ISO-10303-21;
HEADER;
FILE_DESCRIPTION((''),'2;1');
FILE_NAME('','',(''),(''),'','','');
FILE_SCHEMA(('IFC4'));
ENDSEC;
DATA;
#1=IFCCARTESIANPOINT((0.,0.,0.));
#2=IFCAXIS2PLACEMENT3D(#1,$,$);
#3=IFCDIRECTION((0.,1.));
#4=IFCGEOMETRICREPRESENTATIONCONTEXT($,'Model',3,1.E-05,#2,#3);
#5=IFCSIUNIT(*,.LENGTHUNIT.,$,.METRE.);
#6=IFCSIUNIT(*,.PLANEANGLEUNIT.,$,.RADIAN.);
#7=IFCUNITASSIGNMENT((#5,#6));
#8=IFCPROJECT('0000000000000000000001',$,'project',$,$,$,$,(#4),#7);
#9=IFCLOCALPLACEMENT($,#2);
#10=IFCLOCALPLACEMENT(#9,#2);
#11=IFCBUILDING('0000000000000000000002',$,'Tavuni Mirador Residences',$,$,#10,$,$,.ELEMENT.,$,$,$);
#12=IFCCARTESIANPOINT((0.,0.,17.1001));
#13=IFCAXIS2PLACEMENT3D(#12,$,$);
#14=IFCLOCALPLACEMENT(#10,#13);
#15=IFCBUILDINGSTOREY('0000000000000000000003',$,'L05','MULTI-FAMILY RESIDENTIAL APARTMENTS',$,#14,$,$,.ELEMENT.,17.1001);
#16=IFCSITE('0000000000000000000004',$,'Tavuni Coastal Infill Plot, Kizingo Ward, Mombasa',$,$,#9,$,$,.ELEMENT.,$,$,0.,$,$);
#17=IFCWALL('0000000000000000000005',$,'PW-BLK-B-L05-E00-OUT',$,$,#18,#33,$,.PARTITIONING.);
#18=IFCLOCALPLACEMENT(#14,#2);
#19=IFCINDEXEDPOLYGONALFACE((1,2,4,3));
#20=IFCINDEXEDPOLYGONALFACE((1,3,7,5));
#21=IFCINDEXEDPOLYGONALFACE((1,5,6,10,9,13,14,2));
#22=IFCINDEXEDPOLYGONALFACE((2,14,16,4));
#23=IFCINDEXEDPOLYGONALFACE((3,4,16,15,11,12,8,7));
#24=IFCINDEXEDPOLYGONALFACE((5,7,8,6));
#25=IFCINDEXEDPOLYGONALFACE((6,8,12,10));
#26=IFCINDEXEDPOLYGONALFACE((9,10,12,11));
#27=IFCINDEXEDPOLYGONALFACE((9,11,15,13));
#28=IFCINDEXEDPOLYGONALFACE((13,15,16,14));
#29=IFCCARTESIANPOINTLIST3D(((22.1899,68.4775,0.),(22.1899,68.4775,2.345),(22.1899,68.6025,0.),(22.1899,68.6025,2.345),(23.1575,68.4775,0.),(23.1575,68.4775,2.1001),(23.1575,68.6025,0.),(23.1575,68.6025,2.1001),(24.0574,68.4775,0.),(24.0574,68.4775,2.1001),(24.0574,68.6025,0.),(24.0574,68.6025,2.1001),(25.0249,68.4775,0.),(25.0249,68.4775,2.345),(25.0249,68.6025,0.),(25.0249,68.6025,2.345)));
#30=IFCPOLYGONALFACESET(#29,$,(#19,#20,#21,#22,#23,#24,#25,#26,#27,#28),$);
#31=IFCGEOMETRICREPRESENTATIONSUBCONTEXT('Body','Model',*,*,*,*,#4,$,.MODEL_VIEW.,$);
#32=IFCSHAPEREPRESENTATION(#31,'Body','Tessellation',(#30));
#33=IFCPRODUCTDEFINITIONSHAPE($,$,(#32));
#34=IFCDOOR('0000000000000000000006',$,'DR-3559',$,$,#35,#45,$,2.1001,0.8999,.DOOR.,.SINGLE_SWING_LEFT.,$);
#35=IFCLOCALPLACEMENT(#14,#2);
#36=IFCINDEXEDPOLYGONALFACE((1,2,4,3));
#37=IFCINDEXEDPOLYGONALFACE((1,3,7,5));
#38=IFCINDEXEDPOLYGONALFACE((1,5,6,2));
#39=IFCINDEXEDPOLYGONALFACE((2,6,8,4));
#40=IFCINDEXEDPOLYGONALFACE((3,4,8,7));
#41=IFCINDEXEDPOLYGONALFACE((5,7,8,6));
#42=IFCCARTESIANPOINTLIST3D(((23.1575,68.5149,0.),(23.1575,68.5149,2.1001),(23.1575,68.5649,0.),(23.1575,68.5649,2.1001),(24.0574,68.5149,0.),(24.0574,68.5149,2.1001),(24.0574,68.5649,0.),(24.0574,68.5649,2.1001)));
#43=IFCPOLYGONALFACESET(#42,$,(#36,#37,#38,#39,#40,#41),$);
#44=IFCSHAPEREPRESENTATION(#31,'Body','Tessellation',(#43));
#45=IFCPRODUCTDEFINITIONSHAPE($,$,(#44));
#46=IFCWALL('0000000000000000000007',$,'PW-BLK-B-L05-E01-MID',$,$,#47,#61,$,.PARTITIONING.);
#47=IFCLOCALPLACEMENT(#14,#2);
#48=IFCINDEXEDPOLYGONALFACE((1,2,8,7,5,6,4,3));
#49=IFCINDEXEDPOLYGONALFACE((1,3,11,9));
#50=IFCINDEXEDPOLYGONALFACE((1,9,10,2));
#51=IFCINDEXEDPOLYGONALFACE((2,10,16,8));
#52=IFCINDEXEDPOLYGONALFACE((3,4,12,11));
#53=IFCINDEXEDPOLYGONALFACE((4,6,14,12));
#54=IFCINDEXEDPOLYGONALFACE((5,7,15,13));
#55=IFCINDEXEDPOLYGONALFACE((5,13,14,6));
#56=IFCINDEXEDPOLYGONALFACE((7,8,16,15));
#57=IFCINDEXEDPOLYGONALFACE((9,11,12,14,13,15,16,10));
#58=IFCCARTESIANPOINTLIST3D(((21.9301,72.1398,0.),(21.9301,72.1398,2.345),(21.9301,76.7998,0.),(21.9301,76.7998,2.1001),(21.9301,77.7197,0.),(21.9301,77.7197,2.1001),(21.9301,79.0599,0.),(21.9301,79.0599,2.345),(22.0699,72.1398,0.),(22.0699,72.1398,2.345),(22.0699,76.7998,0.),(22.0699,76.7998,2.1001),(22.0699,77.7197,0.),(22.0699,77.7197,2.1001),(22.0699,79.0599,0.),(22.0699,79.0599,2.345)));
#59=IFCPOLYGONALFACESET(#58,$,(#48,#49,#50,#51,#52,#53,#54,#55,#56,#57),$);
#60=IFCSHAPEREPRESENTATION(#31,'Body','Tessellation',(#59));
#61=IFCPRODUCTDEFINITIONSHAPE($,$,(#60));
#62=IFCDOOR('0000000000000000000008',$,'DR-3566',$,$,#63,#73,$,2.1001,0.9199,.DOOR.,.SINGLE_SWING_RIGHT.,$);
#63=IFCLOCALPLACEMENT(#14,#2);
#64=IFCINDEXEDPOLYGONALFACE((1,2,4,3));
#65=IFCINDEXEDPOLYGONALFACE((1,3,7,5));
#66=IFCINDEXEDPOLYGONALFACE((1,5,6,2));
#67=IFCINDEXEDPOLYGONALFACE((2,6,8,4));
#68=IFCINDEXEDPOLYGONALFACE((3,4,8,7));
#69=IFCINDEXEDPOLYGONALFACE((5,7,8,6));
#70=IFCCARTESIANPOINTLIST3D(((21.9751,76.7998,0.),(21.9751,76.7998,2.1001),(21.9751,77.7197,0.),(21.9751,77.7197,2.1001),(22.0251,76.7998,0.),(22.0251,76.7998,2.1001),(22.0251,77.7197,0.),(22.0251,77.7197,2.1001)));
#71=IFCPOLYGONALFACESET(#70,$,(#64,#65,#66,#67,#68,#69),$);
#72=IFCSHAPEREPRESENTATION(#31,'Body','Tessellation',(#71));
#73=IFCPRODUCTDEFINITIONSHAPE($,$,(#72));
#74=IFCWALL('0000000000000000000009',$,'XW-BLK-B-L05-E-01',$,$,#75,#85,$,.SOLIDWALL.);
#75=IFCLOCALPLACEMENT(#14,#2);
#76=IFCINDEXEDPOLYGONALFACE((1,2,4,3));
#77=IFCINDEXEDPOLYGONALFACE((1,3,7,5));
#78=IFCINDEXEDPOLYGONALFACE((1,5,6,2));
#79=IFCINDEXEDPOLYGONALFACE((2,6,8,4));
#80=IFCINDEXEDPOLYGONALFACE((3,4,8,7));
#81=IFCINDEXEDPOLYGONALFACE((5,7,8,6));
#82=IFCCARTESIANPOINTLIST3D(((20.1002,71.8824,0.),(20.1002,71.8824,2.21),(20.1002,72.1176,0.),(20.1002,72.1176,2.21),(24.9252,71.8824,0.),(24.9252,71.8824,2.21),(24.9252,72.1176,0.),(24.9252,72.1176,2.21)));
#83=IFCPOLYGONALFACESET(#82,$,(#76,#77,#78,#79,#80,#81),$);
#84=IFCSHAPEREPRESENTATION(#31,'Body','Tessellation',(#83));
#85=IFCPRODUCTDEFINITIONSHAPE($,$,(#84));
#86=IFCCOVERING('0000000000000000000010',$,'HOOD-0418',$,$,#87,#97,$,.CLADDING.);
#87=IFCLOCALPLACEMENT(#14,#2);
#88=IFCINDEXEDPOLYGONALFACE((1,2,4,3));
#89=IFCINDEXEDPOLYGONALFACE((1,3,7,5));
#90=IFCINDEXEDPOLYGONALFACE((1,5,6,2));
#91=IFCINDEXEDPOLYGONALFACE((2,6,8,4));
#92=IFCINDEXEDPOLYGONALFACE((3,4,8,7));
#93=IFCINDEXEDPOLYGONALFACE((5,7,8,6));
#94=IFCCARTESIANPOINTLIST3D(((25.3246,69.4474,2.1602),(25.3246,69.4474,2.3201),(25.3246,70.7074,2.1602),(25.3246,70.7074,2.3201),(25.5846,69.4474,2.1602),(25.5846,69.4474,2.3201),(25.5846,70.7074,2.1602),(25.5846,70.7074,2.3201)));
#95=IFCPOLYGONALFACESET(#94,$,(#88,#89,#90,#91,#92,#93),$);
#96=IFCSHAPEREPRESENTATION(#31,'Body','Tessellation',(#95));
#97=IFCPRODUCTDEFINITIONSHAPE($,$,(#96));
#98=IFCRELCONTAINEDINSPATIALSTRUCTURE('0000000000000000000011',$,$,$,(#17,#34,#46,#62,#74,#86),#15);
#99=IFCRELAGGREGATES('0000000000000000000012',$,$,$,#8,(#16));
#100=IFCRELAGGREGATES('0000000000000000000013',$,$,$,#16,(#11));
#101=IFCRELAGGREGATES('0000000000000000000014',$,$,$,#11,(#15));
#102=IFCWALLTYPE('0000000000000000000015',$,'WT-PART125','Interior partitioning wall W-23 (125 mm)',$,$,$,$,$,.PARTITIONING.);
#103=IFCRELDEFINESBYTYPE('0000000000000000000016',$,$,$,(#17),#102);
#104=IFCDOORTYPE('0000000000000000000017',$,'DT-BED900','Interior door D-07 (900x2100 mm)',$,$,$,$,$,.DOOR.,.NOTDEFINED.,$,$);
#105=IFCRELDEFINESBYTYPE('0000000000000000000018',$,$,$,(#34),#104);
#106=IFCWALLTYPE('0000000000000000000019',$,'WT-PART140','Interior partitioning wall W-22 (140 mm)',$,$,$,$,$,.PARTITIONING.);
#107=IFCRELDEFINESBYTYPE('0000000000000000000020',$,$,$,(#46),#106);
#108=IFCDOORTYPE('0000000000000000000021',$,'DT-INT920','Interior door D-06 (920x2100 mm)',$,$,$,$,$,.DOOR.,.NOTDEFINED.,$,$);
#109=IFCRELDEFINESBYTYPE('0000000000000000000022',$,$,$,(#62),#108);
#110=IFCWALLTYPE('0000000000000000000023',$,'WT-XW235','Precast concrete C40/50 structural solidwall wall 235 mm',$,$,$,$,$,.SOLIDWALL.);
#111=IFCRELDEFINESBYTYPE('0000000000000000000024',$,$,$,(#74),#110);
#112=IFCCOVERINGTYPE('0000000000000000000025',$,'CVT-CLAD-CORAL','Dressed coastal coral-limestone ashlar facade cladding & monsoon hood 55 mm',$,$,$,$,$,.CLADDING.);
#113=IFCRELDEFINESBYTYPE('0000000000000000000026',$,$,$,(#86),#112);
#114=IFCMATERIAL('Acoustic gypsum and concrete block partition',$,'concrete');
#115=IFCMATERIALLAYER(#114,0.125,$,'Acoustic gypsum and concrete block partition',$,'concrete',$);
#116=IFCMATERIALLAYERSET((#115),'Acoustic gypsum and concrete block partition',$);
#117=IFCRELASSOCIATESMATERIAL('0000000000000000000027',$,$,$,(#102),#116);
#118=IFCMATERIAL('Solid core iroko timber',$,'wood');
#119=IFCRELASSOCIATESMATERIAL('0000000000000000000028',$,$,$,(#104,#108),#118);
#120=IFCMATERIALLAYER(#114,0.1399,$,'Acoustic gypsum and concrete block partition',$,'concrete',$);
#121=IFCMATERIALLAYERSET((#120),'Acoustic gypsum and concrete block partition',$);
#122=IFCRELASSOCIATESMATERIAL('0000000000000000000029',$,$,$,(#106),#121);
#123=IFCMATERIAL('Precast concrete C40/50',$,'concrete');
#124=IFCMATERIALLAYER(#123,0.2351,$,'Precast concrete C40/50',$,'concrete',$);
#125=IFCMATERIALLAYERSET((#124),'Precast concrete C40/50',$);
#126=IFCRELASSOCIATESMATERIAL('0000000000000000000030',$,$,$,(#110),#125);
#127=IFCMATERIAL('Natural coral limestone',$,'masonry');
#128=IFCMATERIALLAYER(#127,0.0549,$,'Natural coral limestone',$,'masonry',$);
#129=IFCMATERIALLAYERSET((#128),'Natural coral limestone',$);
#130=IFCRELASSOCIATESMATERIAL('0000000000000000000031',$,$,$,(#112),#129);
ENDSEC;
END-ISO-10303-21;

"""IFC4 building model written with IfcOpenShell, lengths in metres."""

from ifc_helpers import new_model, si_unit, direction, frame, frame_2d, origin, origin_2d, place, context, subcontext, project, spatial, rectangle, extrude, material, layer, layer_set, type_object, element, fill, save


model = new_model("IFC4")

# Units and contexts
model_context = context("Model", 3, precision=1e-05, world=origin(), true_north=direction((0.0, 1.0)))
body_context = subcontext(model_context, "Body", "Model", "MODEL_VIEW")
ifc_project = project(units=[si_unit("LENGTHUNIT", "METRE"), si_unit("PLANEANGLEUNIT", "RADIAN")], contexts=[model_context])

# Site, building, storey
site_placement = place(None, origin())
site = spatial("IfcSite", under=ifc_project, at=site_placement, Name="Tavuni Coastal Infill Plot, Kizingo Ward, Mombasa", CompositionType="ELEMENT", RefElevation=0.0)
building_placement = place(site_placement, origin())
building = spatial("IfcBuilding", under=site, at=building_placement, Name="Tavuni Mirador Residences", CompositionType="ELEMENT")
storey_placement = place(building_placement, frame((0.0, 0.0, 17.1001)))
storey = spatial("IfcBuildingStorey", under=building, at=storey_placement, Name="L05", Description="MULTI-FAMILY RESIDENTIAL APARTMENTS", CompositionType="ELEMENT", Elevation=17.1001)

# Shared definitions
ifc_material_1 = material(Name="Precast concrete C40/50", Category="concrete")

# Shared definitions
ifc_material_2 = material(Name="Solid core iroko timber", Category="wood")

# Walls, openings, doors
ifc_material_3 = material(Name="Acoustic gypsum and concrete block partition", Category="concrete")
ifc_layer_1 = layer(ifc_material_3, 0.125, Name="Acoustic gypsum and concrete block partition", Category="concrete")
ifc_layer_set_1 = layer_set([ifc_layer_1], Name="Acoustic gypsum and concrete block partition")
wall_type_1 = type_object("IfcWallType", Name="WT-PART125", Description="Interior partitioning wall W-23 (125 mm)", PredefinedType="PARTITIONING", material=ifc_layer_set_1)
wall_1_placement = place(storey_placement, frame((22.1899, 68.54, 0.0), z_axis=(0.0, 0.0, 1.0), x_axis=(1.0, 0.0, 0.0)))
wall_1 = element("IfcWall", 1, at=wall_1_placement, inside=storey, type_object=wall_type_1, Name="PW-BLK-B-L05-E00-OUT", PredefinedType="PARTITIONING", context=body_context, shape_type="SweptSolid", body=[
    extrude(rectangle(XDim=2.835, YDim=0.125, at=frame_2d((1.4175, 0.0))), origin(), (0.0, 0.0, 1.0), 2.345),
])
opening_1_placement = place(wall_1_placement, frame((0.9675, 0.0, 0.0)))
opening_1 = element("IfcOpeningElement", 2, at=opening_1_placement, cuts=wall_1, PredefinedType="OPENING", context=body_context, shape_type="SweptSolid", body=[
    extrude(rectangle(XDim=0.8999, YDim=2.1001, at=frame_2d((0.45, 1.05))), frame((0.0, 0.0725, 0.0), z_axis=(0.0, -1.0, 0.0), x_axis=(1.0, 0.0, 0.0)), (0.0, 0.0, 1.0), 0.145),
])
door_type_1 = type_object("IfcDoorType", Name="DT-BED900", Description="Interior door D-07 (900x2100 mm)", OperationType="NOTDEFINED", PredefinedType="DOOR", material=ifc_material_2)
door_1_placement = place(opening_1_placement, origin())
door_1 = element("IfcDoor", 3, at=door_1_placement, inside=storey, type_object=door_type_1, Name="DR-3559", OperationType="SINGLE_SWING_LEFT", OverallHeight=2.1001, OverallWidth=0.8999, PredefinedType="DOOR", context=body_context, shape_type="SweptSolid", body=[
    extrude(rectangle(XDim=0.8999, YDim=2.1001, at=frame_2d((0.45, 1.05))), frame((0.0, 0.0249, 0.0), z_axis=(0.0, -1.0, 0.0), x_axis=(1.0, 0.0, 0.0)), (0.0, 0.0, 1.0), 0.05),
])
fill(opening_1, door_1)
ifc_layer_2 = layer(ifc_material_3, 0.1399, Name="Acoustic gypsum and concrete block partition", Category="concrete")
ifc_layer_set_2 = layer_set([ifc_layer_2], Name="Acoustic gypsum and concrete block partition")
wall_type_2 = type_object("IfcWallType", Name="WT-PART140", Description="Interior partitioning wall W-22 (140 mm)", PredefinedType="PARTITIONING", material=ifc_layer_set_2)
wall_2_placement = place(storey_placement, frame((22.0, 72.1399, 0.0), z_axis=(0.0, 0.0, 1.0), x_axis=(0.0, 1.0, 0.0)))
wall_2 = element("IfcWall", 4, at=wall_2_placement, inside=storey, type_object=wall_type_2, Name="PW-BLK-B-L05-E01-MID", PredefinedType="PARTITIONING", context=body_context, shape_type="SweptSolid", body=[
    extrude(rectangle(XDim=6.9202, YDim=0.1399, at=frame_2d((3.46, 0.0))), origin(), (0.0, 0.0, 1.0), 2.345),
])
opening_2_placement = place(wall_2_placement, frame((4.6599, 0.0, 0.0)))
opening_2 = element("IfcOpeningElement", 5, at=opening_2_placement, cuts=wall_2, PredefinedType="OPENING", context=body_context, shape_type="SweptSolid", body=[
    extrude(rectangle(XDim=0.9199, YDim=2.1001, at=frame_2d((0.46, 1.05))), frame((0.0, 0.0801, 0.0), z_axis=(0.0, -1.0, 0.0), x_axis=(1.0, 0.0, 0.0)), (0.0, 0.0, 1.0), 0.1599),
])
door_type_2 = type_object("IfcDoorType", Name="DT-INT920", Description="Interior door D-06 (920x2100 mm)", OperationType="NOTDEFINED", PredefinedType="DOOR", material=ifc_material_2)
door_2_placement = place(opening_2_placement, origin())
door_2 = element("IfcDoor", 6, at=door_2_placement, inside=storey, type_object=door_type_2, Name="DR-3566", OperationType="SINGLE_SWING_RIGHT", OverallHeight=2.1001, OverallWidth=0.9199, PredefinedType="DOOR", context=body_context, shape_type="SweptSolid", body=[
    extrude(rectangle(XDim=0.9199, YDim=2.1001, at=frame_2d((0.46, 1.05))), frame((0.0, 0.0249, 0.0), z_axis=(0.0, -1.0, 0.0), x_axis=(1.0, 0.0, 0.0)), (0.0, 0.0, 1.0), 0.05),
])
fill(opening_2, door_2)

# Wall
ifc_layer_3 = layer(ifc_material_1, 0.2351, Name="Precast concrete C40/50", Category="concrete")
ifc_layer_set_3 = layer_set([ifc_layer_3], Name="Precast concrete C40/50")
wall_type_3 = type_object("IfcWallType", Name="WT-XW235", Description="Precast concrete C40/50 structural solidwall wall 235 mm", PredefinedType="SOLIDWALL", material=ifc_layer_set_3)
wall_3_placement = place(storey_placement, frame((20.1001, 72.0, 0.0), z_axis=(0.0, 0.0, 1.0), x_axis=(1.0, 0.0, 0.0)))
element("IfcWall", 7, at=wall_3_placement, inside=storey, type_object=wall_type_3, Name="XW-BLK-B-L05-E-01", PredefinedType="SOLIDWALL", context=body_context, shape_type="SweptSolid", body=[
    extrude(rectangle(XDim=4.825, YDim=0.2351, at=frame_2d((2.4126, 0.0))), origin(), (0.0, 0.0, 1.0), 2.21),
])

# Covering
ifc_material_4 = material(Name="Natural coral limestone", Category="masonry")
ifc_layer_4 = layer(ifc_material_4, 0.0549, Name="Natural coral limestone", Category="masonry")
ifc_layer_set_4 = layer_set([ifc_layer_4], Name="Natural coral limestone")
covering_type = type_object("IfcCoveringType", Name="CVT-CLAD-CORAL", Description="Dressed coastal coral-limestone ashlar facade cladding & monsoon hood 55 mm", PredefinedType="CLADDING", material=ifc_layer_set_4)
covering_placement = place(storey_placement, frame((25.4546, 70.0774, 2.1602), z_axis=(0.0, 0.0, 1.0), x_axis=(0.0, 1.0, 0.0)))
element("IfcCovering", 8, at=covering_placement, inside=storey, type_object=covering_type, Name="HOOD-0418", PredefinedType="CLADDING", context=body_context, shape_type="SweptSolid", body=[
    extrude(rectangle(XDim=1.26, YDim=0.26, at=origin_2d()), origin(), (0.0, 0.0, 1.0), 0.1599),
])

save(model, "model.ifc")
